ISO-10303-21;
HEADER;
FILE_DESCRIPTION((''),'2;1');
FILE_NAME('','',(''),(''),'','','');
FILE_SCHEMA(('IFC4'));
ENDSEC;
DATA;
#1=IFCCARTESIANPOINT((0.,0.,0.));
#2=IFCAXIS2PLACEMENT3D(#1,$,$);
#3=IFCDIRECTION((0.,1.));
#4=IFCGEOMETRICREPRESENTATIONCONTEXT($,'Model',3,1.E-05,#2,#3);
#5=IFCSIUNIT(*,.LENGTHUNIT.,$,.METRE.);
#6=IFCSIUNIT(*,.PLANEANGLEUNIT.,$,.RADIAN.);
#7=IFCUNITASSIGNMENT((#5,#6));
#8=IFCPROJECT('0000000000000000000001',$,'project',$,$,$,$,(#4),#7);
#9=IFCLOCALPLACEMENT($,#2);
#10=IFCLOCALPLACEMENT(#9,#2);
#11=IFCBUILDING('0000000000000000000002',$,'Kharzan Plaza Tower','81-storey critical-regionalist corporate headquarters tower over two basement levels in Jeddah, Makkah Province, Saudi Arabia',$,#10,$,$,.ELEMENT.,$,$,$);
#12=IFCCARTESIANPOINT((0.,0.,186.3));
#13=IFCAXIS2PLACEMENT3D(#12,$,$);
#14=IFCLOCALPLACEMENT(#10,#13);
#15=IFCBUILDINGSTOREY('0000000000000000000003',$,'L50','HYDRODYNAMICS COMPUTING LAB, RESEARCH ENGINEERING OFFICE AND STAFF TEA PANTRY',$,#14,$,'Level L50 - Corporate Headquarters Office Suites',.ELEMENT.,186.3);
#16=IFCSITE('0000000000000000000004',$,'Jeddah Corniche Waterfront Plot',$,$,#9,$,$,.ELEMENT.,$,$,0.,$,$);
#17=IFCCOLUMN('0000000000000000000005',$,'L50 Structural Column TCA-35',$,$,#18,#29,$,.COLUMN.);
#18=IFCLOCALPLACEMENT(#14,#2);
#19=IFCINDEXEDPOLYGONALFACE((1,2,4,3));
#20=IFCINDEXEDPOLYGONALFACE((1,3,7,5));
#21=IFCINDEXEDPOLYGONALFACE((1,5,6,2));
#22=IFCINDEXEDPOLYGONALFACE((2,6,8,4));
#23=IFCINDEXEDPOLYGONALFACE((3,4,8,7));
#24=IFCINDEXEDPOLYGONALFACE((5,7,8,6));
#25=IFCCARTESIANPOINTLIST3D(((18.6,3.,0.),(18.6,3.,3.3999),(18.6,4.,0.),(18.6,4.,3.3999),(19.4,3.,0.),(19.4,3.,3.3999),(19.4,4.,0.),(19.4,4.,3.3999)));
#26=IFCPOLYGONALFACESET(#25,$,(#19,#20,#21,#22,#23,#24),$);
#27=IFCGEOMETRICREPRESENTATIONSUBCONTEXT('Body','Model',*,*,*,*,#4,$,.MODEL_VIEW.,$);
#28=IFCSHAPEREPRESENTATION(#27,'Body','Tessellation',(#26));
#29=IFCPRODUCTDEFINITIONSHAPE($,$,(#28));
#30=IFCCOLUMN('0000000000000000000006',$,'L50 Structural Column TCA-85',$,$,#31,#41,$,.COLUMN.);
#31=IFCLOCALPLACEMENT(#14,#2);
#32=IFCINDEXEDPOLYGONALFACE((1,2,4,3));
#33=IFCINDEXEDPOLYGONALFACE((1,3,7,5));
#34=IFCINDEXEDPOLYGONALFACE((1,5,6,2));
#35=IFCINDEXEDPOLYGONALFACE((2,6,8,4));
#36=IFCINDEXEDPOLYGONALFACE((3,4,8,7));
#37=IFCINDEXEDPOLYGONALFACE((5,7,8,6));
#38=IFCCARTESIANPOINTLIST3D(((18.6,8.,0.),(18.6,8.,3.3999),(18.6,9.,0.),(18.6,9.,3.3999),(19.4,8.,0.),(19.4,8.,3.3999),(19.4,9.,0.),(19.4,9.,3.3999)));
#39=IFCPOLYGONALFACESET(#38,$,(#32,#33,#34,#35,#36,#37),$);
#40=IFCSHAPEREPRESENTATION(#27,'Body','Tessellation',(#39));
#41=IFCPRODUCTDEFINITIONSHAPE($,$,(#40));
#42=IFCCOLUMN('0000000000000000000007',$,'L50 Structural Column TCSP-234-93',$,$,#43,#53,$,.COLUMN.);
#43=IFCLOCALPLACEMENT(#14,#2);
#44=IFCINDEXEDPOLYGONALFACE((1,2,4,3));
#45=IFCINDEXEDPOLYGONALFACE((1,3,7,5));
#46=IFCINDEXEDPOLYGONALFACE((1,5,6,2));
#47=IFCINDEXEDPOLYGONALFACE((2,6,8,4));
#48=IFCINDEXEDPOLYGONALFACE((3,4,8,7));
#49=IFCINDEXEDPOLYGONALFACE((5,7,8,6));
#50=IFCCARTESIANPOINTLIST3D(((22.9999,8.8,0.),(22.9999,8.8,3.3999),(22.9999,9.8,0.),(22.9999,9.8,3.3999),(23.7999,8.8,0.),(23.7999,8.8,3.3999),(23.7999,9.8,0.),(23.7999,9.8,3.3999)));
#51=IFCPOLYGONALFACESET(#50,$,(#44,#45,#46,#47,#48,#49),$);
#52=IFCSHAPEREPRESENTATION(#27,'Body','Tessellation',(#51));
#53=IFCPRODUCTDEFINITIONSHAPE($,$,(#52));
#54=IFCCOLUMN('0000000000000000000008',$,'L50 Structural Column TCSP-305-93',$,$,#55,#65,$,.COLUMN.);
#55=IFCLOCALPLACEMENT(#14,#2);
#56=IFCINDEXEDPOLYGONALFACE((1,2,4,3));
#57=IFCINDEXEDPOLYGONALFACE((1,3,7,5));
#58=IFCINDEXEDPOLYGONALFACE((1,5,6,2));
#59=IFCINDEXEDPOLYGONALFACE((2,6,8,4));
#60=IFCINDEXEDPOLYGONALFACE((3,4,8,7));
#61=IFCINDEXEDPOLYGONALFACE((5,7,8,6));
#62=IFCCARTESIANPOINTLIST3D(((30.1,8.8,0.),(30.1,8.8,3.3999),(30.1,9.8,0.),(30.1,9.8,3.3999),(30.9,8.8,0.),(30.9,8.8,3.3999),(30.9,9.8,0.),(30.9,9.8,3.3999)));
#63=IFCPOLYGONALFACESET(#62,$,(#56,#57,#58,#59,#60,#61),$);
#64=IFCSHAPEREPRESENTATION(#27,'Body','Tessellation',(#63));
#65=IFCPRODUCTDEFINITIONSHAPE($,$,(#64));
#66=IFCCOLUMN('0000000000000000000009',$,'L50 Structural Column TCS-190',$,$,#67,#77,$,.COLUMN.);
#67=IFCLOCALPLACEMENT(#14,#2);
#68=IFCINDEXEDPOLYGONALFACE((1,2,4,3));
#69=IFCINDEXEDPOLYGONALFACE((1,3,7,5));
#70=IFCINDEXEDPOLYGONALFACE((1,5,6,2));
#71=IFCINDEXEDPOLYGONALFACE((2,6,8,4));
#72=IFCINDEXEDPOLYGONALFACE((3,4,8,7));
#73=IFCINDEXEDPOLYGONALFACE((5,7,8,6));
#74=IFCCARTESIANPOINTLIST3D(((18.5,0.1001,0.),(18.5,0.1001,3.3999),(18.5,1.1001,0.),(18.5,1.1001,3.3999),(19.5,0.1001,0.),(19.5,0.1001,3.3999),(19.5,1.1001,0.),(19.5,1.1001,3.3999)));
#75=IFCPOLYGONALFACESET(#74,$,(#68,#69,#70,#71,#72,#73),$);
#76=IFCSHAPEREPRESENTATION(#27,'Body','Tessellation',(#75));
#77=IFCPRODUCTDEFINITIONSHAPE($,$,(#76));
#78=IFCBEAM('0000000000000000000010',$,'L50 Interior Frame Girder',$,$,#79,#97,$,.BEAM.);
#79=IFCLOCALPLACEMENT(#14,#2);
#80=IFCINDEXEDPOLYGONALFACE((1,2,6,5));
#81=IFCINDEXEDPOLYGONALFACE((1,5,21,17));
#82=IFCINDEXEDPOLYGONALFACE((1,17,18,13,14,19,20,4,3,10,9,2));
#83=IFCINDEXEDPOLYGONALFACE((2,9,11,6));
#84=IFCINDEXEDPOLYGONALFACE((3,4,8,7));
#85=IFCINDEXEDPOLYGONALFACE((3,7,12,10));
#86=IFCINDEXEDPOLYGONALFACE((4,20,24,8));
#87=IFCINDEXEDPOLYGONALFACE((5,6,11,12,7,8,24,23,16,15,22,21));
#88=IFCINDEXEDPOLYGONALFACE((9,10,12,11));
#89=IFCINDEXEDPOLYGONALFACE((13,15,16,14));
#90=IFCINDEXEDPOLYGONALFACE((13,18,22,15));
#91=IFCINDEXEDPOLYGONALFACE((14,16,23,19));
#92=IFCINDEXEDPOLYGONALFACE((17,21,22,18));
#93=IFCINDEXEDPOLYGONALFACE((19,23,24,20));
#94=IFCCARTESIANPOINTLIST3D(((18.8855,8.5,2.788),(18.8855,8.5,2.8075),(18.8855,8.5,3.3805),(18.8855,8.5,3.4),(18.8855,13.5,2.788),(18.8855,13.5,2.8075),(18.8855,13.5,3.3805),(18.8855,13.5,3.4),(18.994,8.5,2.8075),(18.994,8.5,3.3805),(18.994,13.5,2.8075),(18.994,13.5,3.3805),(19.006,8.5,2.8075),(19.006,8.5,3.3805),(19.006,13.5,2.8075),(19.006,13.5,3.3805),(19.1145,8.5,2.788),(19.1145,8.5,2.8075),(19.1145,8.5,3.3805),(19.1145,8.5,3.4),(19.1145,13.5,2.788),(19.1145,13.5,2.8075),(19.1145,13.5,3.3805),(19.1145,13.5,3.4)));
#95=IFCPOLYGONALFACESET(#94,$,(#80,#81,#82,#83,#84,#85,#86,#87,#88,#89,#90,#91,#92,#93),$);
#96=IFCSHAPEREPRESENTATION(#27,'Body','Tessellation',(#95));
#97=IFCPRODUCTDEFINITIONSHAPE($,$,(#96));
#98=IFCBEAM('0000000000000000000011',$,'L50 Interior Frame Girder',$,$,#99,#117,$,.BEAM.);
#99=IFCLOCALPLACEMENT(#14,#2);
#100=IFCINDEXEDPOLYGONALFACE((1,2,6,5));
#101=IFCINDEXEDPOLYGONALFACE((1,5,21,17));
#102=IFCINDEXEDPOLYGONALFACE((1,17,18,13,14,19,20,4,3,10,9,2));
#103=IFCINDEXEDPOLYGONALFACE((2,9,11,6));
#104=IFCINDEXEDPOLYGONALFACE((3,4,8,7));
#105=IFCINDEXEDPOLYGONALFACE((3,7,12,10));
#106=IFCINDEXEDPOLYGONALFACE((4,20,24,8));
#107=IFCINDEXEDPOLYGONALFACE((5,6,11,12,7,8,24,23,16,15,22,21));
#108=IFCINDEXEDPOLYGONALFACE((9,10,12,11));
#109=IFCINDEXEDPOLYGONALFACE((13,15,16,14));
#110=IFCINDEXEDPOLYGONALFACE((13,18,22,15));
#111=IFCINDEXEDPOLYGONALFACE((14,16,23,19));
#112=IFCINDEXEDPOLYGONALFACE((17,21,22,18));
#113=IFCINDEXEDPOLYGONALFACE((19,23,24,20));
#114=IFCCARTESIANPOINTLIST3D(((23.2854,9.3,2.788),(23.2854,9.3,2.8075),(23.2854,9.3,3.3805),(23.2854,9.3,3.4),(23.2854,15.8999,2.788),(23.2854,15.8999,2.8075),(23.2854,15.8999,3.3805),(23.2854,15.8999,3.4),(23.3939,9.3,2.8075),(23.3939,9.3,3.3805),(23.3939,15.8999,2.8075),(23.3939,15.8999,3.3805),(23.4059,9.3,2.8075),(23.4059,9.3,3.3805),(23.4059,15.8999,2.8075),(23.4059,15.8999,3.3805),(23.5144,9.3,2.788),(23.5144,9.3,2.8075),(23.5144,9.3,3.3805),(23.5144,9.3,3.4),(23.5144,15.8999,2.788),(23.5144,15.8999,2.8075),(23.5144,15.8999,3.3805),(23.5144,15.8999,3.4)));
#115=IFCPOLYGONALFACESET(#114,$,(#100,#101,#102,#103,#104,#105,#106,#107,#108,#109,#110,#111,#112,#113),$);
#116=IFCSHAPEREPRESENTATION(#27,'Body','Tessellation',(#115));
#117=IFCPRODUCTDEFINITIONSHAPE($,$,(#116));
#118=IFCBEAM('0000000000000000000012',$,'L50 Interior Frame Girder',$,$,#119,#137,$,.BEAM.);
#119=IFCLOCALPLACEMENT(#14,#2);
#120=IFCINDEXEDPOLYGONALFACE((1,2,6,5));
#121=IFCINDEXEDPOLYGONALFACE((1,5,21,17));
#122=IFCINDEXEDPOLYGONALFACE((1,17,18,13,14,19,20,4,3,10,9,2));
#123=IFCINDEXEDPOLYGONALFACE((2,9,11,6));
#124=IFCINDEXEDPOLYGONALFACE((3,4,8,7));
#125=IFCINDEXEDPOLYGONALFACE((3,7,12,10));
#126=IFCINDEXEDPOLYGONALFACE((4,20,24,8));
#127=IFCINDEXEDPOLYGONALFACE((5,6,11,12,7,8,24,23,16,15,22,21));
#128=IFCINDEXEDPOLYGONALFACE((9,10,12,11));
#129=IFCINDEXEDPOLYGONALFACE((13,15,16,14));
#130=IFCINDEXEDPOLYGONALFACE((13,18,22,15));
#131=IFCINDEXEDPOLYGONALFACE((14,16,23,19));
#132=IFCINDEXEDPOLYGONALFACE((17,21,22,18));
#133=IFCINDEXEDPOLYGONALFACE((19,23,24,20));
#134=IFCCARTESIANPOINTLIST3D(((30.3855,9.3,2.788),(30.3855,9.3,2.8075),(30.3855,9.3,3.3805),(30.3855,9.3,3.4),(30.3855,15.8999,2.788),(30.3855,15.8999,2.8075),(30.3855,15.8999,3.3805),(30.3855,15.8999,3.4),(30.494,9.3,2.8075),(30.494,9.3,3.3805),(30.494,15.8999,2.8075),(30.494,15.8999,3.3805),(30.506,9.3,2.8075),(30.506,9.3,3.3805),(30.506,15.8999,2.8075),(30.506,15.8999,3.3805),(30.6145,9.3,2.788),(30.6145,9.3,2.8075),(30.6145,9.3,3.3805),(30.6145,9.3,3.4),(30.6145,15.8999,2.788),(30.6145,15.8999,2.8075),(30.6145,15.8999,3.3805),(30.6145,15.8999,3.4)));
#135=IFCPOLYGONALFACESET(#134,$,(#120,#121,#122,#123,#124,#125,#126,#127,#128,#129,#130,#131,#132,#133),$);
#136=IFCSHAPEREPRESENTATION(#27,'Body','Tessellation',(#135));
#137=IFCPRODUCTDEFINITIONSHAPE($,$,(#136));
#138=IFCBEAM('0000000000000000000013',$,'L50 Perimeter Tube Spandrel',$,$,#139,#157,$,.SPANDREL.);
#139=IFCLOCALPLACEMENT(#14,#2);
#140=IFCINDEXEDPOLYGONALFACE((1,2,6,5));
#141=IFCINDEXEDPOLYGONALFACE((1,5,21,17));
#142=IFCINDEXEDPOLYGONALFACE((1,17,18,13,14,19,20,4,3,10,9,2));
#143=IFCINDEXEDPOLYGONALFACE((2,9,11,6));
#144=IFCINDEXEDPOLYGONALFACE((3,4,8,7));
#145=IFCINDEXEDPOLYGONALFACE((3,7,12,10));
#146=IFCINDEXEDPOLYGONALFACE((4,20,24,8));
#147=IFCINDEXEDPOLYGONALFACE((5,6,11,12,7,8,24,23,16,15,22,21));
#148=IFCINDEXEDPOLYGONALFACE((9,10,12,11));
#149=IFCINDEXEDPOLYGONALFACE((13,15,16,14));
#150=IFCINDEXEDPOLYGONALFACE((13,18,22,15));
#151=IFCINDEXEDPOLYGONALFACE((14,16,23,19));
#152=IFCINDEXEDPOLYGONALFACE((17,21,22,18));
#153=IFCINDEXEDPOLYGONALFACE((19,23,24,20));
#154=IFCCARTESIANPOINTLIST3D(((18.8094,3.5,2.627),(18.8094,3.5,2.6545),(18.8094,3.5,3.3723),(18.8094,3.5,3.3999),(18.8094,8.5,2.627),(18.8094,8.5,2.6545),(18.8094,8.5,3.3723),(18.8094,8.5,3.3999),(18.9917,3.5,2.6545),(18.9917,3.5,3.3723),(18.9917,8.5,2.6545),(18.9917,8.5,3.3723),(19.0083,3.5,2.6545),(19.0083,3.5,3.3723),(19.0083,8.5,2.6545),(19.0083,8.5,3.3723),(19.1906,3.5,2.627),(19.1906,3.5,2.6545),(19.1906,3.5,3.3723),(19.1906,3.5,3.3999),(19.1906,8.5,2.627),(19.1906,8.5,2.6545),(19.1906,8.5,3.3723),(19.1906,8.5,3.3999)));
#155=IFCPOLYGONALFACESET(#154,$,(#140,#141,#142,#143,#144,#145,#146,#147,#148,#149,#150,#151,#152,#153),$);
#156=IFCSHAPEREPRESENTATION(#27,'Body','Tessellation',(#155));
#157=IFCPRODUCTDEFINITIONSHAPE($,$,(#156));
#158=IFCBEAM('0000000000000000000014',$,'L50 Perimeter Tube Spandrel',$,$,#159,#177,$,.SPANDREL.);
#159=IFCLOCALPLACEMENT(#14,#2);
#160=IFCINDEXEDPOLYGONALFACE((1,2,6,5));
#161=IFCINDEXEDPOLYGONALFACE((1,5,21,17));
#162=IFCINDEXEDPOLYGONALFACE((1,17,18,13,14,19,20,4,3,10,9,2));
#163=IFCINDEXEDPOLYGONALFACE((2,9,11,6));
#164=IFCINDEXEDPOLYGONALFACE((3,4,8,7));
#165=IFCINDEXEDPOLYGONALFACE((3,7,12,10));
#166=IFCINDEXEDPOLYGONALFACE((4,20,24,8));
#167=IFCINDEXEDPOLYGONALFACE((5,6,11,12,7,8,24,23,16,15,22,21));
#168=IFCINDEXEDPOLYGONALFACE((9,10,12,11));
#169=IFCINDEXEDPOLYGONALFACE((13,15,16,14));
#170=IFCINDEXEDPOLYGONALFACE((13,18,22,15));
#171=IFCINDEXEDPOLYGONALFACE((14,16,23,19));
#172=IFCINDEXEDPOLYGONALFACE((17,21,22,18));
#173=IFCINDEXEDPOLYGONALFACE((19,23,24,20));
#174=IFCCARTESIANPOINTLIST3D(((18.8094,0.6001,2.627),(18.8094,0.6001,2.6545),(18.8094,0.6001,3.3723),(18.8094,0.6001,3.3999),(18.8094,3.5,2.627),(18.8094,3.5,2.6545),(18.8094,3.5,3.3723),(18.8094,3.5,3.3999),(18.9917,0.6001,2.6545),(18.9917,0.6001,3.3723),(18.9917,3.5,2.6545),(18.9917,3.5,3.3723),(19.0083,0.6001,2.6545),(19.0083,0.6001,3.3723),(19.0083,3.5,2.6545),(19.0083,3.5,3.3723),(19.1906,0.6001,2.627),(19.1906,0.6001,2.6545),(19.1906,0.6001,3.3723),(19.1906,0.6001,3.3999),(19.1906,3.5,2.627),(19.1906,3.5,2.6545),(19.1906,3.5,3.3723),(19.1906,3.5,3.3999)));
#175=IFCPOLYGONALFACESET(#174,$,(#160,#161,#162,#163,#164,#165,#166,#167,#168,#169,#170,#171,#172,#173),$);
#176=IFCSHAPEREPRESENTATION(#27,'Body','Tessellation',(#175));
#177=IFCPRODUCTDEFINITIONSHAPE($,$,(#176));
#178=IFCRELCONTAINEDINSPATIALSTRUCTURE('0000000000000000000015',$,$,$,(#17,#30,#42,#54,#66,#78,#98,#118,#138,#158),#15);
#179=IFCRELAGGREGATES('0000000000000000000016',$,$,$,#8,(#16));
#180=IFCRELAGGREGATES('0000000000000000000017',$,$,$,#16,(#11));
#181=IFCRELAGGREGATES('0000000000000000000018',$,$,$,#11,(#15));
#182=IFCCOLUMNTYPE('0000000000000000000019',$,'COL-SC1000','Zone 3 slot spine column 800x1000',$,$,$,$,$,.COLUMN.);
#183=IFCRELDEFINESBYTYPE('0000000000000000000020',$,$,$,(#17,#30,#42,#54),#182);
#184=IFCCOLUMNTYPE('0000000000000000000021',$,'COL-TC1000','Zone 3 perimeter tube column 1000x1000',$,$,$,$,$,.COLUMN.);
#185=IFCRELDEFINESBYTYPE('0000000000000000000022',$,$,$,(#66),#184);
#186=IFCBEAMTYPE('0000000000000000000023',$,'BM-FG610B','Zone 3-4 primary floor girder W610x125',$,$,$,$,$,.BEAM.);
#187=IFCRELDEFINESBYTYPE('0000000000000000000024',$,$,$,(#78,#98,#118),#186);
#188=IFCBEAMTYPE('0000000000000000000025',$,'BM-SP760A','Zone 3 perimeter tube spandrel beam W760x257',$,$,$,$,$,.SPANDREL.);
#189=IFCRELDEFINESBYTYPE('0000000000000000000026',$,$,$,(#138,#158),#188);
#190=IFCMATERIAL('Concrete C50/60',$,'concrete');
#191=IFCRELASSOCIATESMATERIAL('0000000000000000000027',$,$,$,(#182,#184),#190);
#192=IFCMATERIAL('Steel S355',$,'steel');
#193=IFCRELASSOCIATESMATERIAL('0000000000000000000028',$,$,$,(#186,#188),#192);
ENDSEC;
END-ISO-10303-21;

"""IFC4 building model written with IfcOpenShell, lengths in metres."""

from ifc_helpers import new_model, si_unit, direction, frame, origin, origin_2d, place, context, subcontext, project, spatial, rectangle, i_section, extrude, source, transform, mapped, material, material_profile, profile_set, type_object, element, save


model = new_model("IFC4")

# Units and contexts
model_context = context("Model", 3, precision=1e-05, world=origin(), true_north=direction((0.0, 1.0)))
body_context = subcontext(model_context, "Body", "Model", "MODEL_VIEW")
ifc_project = project(units=[si_unit("LENGTHUNIT", "METRE"), si_unit("PLANEANGLEUNIT", "RADIAN")], contexts=[model_context])

# Site, building, storey
site_placement = place(None, origin())
site = spatial("IfcSite", under=ifc_project, at=site_placement, Name="Jeddah Corniche Waterfront Plot", CompositionType="ELEMENT", RefElevation=0.0)
building_placement = place(site_placement, origin())
building = spatial("IfcBuilding", under=site, at=building_placement, Name="Kharzan Plaza Tower", Description="81-storey critical-regionalist corporate headquarters tower over two basement levels in Jeddah, Makkah Province, Saudi Arabia", CompositionType="ELEMENT")
storey_placement = place(building_placement, frame((0.0, 0.0, 186.3)))
storey = spatial("IfcBuildingStorey", under=building, at=storey_placement, Name="L50", Description="HYDRODYNAMICS COMPUTING LAB, RESEARCH ENGINEERING OFFICE AND STAFF TEA PANTRY", LongName="Level L50 - Corporate Headquarters Office Suites", CompositionType="ELEMENT", Elevation=186.3)

# Columns
ifc_material_1 = material(Name="Concrete C50/60", Category="concrete")
ifc_material_profile_1 = material_profile(ifc_material_1, rectangle(XDim=0.8, YDim=1.0, at=origin_2d()), Name="RC-SC1000x800")
ifc_profile_set_1 = profile_set([ifc_material_profile_1], Name="Concrete C50/60")
column_type_1 = type_object("IfcColumnType", Name="COL-SC1000", Description="Zone 3 slot spine column 800x1000", PredefinedType="COLUMN", material=ifc_profile_set_1)
shared_shape_1 = source(origin(), body_context, "Body", "SweptSolid", [
    extrude(rectangle(XDim=0.8, YDim=1.0, at=origin_2d()), origin(), (0.0, 0.0, 1.0), 3.3999),
])
for number, where, z_axis, x_axis, name in (
    (1, (19.0, 3.5, 0.0), (0.0, 0.0, 1.0), (1.0, 0.0, 0.0), "L50 Structural Column TCA-35"),
    (2, (19.0, 8.5, 0.0), (0.0, 0.0, 1.0), (1.0, 0.0, 0.0), "L50 Structural Column TCA-85"),
    (3, (23.3999, 9.3, 0.0), (0.0, 0.0, 1.0), (1.0, 0.0, 0.0), "L50 Structural Column TCSP-234-93"),
    (4, (30.5, 9.3, 0.0), (0.0, 0.0, 1.0), (1.0, 0.0, 0.0), "L50 Structural Column TCSP-305-93"),
):
    element("IfcColumn", number, at=place(storey_placement, frame(where, z_axis=z_axis, x_axis=x_axis)), inside=storey, type_object=column_type_1, Name=name, PredefinedType="COLUMN", context=body_context, shape_type="MappedRepresentation", body=[
        mapped(shared_shape_1, transform((0.0, 0.0, 0.0), x_axis=(1.0, 0.0, 0.0), y_axis=(0.0, 1.0, 0.0), z_axis=(0.0, 0.0, 1.0))),
    ])
ifc_material_profile_2 = material_profile(ifc_material_1, rectangle(XDim=1.0, YDim=1.0, at=origin_2d()), Name="RC-TC1000x1000")
ifc_profile_set_2 = profile_set([ifc_material_profile_2], Name="Concrete C50/60")
column_type_2 = type_object("IfcColumnType", Name="COL-TC1000", Description="Zone 3 perimeter tube column 1000x1000", PredefinedType="COLUMN", material=ifc_profile_set_2)
shared_shape_2 = source(origin(), body_context, "Body", "SweptSolid", [
    extrude(rectangle(XDim=1.0, YDim=1.0, at=origin_2d()), origin(), (0.0, 0.0, 1.0), 3.3999),
])
column_placement = place(storey_placement, frame((19.0, 0.6001, 0.0), z_axis=(0.0, 0.0, 1.0), x_axis=(1.0, 0.0, 0.0)))
element("IfcColumn", 5, at=column_placement, inside=storey, type_object=column_type_2, Name="L50 Structural Column TCS-190", PredefinedType="COLUMN", context=body_context, shape_type="MappedRepresentation", body=[
    mapped(shared_shape_2, transform((0.0, 0.0, 0.0), x_axis=(1.0, 0.0, 0.0), y_axis=(0.0, 1.0, 0.0), z_axis=(0.0, 0.0, 1.0))),
])

# Beams
ifc_material_2 = material(Name="Steel S355", Category="steel")
ifc_material_profile_3 = material_profile(ifc_material_2, i_section(OverallWidth=0.229, OverallDepth=0.6121, WebThickness=0.012, FlangeThickness=0.0195, at=origin_2d()), Name="W610x125")
ifc_profile_set_3 = profile_set([ifc_material_profile_3], Name="Steel S355")
beam_type_1 = type_object("IfcBeamType", Name="BM-FG610B", Description="Zone 3-4 primary floor girder W610x125", PredefinedType="BEAM", material=ifc_profile_set_3)
shared_shape_3 = source(origin(), body_context, "Body", "SweptSolid", [
    extrude(i_section(OverallWidth=0.229, OverallDepth=0.6121, WebThickness=0.012, FlangeThickness=0.0195, at=origin_2d()), origin(), (0.0, 0.0, 1.0), 5.0),
])
beam_1_placement = place(storey_placement, frame((19.0, 8.5, 3.094), z_axis=(0.0, 1.0, 0.0), x_axis=(-1.0, 0.0, 0.0)))
element("IfcBeam", 6, at=beam_1_placement, inside=storey, type_object=beam_type_1, Name="L50 Interior Frame Girder", PredefinedType="BEAM", context=body_context, shape_type="MappedRepresentation", body=[
    mapped(shared_shape_3, transform((0.0, 0.0, 0.0), x_axis=(1.0, 0.0, 0.0), y_axis=(0.0, 1.0, 0.0), z_axis=(0.0, 0.0, 1.0))),
])
shared_shape_4 = source(origin(), body_context, "Body", "SweptSolid", [
    extrude(i_section(OverallWidth=0.229, OverallDepth=0.6121, WebThickness=0.012, FlangeThickness=0.0195, at=origin_2d()), origin(), (0.0, 0.0, 1.0), 6.5999),
])
for number, where, z_axis, x_axis, name in (
    (7, (23.3999, 9.3, 3.094), (0.0, 1.0, 0.0), (-1.0, 0.0, 0.0), "L50 Interior Frame Girder"),
    (8, (30.5, 9.3, 3.094), (0.0, 1.0, 0.0), (-1.0, 0.0, 0.0), "L50 Interior Frame Girder"),
):
    element("IfcBeam", number, at=place(storey_placement, frame(where, z_axis=z_axis, x_axis=x_axis)), inside=storey, type_object=beam_type_1, Name=name, PredefinedType="BEAM", context=body_context, shape_type="MappedRepresentation", body=[
        mapped(shared_shape_4, transform((0.0, 0.0, 0.0), x_axis=(1.0, 0.0, 0.0), y_axis=(0.0, 1.0, 0.0), z_axis=(0.0, 0.0, 1.0))),
    ])
ifc_material_profile_4 = material_profile(ifc_material_2, i_section(OverallWidth=0.3811, OverallDepth=0.7729, WebThickness=0.0166, FlangeThickness=0.0276, at=origin_2d()), Name="W760x257")
ifc_profile_set_4 = profile_set([ifc_material_profile_4], Name="Steel S355")
beam_type_2 = type_object("IfcBeamType", Name="BM-SP760A", Description="Zone 3 perimeter tube spandrel beam W760x257", PredefinedType="SPANDREL", material=ifc_profile_set_4)
shared_shape_5 = source(origin(), body_context, "Body", "SweptSolid", [
    extrude(i_section(OverallWidth=0.3811, OverallDepth=0.7729, WebThickness=0.0166, FlangeThickness=0.0276, at=origin_2d()), origin(), (0.0, 0.0, 1.0), 5.0),
])
beam_2_placement = place(storey_placement, frame((19.0, 3.5, 3.0134), z_axis=(0.0, 1.0, 0.0), x_axis=(-1.0, 0.0, 0.0)))
element("IfcBeam", 9, at=beam_2_placement, inside=storey, type_object=beam_type_2, Name="L50 Perimeter Tube Spandrel", PredefinedType="SPANDREL", context=body_context, shape_type="MappedRepresentation", body=[
    mapped(shared_shape_5, transform((0.0, 0.0, 0.0), x_axis=(1.0, 0.0, 0.0), y_axis=(0.0, 1.0, 0.0), z_axis=(0.0, 0.0, 1.0))),
])
shared_shape_6 = source(origin(), body_context, "Body", "SweptSolid", [
    extrude(i_section(OverallWidth=0.3811, OverallDepth=0.7729, WebThickness=0.0166, FlangeThickness=0.0276, at=origin_2d()), origin(), (0.0, 0.0, 1.0), 2.8999),
])
beam_3_placement = place(storey_placement, frame((19.0, 0.6001, 3.0134), z_axis=(0.0, 1.0, 0.0), x_axis=(-1.0, 0.0, 0.0)))
element("IfcBeam", 10, at=beam_3_placement, inside=storey, type_object=beam_type_2, Name="L50 Perimeter Tube Spandrel", PredefinedType="SPANDREL", context=body_context, shape_type="MappedRepresentation", body=[
    mapped(shared_shape_6, transform((0.0, 0.0, 0.0), x_axis=(1.0, 0.0, 0.0), y_axis=(0.0, 1.0, 0.0), z_axis=(0.0, 0.0, 1.0))),
])

save(model, "model.ifc")
